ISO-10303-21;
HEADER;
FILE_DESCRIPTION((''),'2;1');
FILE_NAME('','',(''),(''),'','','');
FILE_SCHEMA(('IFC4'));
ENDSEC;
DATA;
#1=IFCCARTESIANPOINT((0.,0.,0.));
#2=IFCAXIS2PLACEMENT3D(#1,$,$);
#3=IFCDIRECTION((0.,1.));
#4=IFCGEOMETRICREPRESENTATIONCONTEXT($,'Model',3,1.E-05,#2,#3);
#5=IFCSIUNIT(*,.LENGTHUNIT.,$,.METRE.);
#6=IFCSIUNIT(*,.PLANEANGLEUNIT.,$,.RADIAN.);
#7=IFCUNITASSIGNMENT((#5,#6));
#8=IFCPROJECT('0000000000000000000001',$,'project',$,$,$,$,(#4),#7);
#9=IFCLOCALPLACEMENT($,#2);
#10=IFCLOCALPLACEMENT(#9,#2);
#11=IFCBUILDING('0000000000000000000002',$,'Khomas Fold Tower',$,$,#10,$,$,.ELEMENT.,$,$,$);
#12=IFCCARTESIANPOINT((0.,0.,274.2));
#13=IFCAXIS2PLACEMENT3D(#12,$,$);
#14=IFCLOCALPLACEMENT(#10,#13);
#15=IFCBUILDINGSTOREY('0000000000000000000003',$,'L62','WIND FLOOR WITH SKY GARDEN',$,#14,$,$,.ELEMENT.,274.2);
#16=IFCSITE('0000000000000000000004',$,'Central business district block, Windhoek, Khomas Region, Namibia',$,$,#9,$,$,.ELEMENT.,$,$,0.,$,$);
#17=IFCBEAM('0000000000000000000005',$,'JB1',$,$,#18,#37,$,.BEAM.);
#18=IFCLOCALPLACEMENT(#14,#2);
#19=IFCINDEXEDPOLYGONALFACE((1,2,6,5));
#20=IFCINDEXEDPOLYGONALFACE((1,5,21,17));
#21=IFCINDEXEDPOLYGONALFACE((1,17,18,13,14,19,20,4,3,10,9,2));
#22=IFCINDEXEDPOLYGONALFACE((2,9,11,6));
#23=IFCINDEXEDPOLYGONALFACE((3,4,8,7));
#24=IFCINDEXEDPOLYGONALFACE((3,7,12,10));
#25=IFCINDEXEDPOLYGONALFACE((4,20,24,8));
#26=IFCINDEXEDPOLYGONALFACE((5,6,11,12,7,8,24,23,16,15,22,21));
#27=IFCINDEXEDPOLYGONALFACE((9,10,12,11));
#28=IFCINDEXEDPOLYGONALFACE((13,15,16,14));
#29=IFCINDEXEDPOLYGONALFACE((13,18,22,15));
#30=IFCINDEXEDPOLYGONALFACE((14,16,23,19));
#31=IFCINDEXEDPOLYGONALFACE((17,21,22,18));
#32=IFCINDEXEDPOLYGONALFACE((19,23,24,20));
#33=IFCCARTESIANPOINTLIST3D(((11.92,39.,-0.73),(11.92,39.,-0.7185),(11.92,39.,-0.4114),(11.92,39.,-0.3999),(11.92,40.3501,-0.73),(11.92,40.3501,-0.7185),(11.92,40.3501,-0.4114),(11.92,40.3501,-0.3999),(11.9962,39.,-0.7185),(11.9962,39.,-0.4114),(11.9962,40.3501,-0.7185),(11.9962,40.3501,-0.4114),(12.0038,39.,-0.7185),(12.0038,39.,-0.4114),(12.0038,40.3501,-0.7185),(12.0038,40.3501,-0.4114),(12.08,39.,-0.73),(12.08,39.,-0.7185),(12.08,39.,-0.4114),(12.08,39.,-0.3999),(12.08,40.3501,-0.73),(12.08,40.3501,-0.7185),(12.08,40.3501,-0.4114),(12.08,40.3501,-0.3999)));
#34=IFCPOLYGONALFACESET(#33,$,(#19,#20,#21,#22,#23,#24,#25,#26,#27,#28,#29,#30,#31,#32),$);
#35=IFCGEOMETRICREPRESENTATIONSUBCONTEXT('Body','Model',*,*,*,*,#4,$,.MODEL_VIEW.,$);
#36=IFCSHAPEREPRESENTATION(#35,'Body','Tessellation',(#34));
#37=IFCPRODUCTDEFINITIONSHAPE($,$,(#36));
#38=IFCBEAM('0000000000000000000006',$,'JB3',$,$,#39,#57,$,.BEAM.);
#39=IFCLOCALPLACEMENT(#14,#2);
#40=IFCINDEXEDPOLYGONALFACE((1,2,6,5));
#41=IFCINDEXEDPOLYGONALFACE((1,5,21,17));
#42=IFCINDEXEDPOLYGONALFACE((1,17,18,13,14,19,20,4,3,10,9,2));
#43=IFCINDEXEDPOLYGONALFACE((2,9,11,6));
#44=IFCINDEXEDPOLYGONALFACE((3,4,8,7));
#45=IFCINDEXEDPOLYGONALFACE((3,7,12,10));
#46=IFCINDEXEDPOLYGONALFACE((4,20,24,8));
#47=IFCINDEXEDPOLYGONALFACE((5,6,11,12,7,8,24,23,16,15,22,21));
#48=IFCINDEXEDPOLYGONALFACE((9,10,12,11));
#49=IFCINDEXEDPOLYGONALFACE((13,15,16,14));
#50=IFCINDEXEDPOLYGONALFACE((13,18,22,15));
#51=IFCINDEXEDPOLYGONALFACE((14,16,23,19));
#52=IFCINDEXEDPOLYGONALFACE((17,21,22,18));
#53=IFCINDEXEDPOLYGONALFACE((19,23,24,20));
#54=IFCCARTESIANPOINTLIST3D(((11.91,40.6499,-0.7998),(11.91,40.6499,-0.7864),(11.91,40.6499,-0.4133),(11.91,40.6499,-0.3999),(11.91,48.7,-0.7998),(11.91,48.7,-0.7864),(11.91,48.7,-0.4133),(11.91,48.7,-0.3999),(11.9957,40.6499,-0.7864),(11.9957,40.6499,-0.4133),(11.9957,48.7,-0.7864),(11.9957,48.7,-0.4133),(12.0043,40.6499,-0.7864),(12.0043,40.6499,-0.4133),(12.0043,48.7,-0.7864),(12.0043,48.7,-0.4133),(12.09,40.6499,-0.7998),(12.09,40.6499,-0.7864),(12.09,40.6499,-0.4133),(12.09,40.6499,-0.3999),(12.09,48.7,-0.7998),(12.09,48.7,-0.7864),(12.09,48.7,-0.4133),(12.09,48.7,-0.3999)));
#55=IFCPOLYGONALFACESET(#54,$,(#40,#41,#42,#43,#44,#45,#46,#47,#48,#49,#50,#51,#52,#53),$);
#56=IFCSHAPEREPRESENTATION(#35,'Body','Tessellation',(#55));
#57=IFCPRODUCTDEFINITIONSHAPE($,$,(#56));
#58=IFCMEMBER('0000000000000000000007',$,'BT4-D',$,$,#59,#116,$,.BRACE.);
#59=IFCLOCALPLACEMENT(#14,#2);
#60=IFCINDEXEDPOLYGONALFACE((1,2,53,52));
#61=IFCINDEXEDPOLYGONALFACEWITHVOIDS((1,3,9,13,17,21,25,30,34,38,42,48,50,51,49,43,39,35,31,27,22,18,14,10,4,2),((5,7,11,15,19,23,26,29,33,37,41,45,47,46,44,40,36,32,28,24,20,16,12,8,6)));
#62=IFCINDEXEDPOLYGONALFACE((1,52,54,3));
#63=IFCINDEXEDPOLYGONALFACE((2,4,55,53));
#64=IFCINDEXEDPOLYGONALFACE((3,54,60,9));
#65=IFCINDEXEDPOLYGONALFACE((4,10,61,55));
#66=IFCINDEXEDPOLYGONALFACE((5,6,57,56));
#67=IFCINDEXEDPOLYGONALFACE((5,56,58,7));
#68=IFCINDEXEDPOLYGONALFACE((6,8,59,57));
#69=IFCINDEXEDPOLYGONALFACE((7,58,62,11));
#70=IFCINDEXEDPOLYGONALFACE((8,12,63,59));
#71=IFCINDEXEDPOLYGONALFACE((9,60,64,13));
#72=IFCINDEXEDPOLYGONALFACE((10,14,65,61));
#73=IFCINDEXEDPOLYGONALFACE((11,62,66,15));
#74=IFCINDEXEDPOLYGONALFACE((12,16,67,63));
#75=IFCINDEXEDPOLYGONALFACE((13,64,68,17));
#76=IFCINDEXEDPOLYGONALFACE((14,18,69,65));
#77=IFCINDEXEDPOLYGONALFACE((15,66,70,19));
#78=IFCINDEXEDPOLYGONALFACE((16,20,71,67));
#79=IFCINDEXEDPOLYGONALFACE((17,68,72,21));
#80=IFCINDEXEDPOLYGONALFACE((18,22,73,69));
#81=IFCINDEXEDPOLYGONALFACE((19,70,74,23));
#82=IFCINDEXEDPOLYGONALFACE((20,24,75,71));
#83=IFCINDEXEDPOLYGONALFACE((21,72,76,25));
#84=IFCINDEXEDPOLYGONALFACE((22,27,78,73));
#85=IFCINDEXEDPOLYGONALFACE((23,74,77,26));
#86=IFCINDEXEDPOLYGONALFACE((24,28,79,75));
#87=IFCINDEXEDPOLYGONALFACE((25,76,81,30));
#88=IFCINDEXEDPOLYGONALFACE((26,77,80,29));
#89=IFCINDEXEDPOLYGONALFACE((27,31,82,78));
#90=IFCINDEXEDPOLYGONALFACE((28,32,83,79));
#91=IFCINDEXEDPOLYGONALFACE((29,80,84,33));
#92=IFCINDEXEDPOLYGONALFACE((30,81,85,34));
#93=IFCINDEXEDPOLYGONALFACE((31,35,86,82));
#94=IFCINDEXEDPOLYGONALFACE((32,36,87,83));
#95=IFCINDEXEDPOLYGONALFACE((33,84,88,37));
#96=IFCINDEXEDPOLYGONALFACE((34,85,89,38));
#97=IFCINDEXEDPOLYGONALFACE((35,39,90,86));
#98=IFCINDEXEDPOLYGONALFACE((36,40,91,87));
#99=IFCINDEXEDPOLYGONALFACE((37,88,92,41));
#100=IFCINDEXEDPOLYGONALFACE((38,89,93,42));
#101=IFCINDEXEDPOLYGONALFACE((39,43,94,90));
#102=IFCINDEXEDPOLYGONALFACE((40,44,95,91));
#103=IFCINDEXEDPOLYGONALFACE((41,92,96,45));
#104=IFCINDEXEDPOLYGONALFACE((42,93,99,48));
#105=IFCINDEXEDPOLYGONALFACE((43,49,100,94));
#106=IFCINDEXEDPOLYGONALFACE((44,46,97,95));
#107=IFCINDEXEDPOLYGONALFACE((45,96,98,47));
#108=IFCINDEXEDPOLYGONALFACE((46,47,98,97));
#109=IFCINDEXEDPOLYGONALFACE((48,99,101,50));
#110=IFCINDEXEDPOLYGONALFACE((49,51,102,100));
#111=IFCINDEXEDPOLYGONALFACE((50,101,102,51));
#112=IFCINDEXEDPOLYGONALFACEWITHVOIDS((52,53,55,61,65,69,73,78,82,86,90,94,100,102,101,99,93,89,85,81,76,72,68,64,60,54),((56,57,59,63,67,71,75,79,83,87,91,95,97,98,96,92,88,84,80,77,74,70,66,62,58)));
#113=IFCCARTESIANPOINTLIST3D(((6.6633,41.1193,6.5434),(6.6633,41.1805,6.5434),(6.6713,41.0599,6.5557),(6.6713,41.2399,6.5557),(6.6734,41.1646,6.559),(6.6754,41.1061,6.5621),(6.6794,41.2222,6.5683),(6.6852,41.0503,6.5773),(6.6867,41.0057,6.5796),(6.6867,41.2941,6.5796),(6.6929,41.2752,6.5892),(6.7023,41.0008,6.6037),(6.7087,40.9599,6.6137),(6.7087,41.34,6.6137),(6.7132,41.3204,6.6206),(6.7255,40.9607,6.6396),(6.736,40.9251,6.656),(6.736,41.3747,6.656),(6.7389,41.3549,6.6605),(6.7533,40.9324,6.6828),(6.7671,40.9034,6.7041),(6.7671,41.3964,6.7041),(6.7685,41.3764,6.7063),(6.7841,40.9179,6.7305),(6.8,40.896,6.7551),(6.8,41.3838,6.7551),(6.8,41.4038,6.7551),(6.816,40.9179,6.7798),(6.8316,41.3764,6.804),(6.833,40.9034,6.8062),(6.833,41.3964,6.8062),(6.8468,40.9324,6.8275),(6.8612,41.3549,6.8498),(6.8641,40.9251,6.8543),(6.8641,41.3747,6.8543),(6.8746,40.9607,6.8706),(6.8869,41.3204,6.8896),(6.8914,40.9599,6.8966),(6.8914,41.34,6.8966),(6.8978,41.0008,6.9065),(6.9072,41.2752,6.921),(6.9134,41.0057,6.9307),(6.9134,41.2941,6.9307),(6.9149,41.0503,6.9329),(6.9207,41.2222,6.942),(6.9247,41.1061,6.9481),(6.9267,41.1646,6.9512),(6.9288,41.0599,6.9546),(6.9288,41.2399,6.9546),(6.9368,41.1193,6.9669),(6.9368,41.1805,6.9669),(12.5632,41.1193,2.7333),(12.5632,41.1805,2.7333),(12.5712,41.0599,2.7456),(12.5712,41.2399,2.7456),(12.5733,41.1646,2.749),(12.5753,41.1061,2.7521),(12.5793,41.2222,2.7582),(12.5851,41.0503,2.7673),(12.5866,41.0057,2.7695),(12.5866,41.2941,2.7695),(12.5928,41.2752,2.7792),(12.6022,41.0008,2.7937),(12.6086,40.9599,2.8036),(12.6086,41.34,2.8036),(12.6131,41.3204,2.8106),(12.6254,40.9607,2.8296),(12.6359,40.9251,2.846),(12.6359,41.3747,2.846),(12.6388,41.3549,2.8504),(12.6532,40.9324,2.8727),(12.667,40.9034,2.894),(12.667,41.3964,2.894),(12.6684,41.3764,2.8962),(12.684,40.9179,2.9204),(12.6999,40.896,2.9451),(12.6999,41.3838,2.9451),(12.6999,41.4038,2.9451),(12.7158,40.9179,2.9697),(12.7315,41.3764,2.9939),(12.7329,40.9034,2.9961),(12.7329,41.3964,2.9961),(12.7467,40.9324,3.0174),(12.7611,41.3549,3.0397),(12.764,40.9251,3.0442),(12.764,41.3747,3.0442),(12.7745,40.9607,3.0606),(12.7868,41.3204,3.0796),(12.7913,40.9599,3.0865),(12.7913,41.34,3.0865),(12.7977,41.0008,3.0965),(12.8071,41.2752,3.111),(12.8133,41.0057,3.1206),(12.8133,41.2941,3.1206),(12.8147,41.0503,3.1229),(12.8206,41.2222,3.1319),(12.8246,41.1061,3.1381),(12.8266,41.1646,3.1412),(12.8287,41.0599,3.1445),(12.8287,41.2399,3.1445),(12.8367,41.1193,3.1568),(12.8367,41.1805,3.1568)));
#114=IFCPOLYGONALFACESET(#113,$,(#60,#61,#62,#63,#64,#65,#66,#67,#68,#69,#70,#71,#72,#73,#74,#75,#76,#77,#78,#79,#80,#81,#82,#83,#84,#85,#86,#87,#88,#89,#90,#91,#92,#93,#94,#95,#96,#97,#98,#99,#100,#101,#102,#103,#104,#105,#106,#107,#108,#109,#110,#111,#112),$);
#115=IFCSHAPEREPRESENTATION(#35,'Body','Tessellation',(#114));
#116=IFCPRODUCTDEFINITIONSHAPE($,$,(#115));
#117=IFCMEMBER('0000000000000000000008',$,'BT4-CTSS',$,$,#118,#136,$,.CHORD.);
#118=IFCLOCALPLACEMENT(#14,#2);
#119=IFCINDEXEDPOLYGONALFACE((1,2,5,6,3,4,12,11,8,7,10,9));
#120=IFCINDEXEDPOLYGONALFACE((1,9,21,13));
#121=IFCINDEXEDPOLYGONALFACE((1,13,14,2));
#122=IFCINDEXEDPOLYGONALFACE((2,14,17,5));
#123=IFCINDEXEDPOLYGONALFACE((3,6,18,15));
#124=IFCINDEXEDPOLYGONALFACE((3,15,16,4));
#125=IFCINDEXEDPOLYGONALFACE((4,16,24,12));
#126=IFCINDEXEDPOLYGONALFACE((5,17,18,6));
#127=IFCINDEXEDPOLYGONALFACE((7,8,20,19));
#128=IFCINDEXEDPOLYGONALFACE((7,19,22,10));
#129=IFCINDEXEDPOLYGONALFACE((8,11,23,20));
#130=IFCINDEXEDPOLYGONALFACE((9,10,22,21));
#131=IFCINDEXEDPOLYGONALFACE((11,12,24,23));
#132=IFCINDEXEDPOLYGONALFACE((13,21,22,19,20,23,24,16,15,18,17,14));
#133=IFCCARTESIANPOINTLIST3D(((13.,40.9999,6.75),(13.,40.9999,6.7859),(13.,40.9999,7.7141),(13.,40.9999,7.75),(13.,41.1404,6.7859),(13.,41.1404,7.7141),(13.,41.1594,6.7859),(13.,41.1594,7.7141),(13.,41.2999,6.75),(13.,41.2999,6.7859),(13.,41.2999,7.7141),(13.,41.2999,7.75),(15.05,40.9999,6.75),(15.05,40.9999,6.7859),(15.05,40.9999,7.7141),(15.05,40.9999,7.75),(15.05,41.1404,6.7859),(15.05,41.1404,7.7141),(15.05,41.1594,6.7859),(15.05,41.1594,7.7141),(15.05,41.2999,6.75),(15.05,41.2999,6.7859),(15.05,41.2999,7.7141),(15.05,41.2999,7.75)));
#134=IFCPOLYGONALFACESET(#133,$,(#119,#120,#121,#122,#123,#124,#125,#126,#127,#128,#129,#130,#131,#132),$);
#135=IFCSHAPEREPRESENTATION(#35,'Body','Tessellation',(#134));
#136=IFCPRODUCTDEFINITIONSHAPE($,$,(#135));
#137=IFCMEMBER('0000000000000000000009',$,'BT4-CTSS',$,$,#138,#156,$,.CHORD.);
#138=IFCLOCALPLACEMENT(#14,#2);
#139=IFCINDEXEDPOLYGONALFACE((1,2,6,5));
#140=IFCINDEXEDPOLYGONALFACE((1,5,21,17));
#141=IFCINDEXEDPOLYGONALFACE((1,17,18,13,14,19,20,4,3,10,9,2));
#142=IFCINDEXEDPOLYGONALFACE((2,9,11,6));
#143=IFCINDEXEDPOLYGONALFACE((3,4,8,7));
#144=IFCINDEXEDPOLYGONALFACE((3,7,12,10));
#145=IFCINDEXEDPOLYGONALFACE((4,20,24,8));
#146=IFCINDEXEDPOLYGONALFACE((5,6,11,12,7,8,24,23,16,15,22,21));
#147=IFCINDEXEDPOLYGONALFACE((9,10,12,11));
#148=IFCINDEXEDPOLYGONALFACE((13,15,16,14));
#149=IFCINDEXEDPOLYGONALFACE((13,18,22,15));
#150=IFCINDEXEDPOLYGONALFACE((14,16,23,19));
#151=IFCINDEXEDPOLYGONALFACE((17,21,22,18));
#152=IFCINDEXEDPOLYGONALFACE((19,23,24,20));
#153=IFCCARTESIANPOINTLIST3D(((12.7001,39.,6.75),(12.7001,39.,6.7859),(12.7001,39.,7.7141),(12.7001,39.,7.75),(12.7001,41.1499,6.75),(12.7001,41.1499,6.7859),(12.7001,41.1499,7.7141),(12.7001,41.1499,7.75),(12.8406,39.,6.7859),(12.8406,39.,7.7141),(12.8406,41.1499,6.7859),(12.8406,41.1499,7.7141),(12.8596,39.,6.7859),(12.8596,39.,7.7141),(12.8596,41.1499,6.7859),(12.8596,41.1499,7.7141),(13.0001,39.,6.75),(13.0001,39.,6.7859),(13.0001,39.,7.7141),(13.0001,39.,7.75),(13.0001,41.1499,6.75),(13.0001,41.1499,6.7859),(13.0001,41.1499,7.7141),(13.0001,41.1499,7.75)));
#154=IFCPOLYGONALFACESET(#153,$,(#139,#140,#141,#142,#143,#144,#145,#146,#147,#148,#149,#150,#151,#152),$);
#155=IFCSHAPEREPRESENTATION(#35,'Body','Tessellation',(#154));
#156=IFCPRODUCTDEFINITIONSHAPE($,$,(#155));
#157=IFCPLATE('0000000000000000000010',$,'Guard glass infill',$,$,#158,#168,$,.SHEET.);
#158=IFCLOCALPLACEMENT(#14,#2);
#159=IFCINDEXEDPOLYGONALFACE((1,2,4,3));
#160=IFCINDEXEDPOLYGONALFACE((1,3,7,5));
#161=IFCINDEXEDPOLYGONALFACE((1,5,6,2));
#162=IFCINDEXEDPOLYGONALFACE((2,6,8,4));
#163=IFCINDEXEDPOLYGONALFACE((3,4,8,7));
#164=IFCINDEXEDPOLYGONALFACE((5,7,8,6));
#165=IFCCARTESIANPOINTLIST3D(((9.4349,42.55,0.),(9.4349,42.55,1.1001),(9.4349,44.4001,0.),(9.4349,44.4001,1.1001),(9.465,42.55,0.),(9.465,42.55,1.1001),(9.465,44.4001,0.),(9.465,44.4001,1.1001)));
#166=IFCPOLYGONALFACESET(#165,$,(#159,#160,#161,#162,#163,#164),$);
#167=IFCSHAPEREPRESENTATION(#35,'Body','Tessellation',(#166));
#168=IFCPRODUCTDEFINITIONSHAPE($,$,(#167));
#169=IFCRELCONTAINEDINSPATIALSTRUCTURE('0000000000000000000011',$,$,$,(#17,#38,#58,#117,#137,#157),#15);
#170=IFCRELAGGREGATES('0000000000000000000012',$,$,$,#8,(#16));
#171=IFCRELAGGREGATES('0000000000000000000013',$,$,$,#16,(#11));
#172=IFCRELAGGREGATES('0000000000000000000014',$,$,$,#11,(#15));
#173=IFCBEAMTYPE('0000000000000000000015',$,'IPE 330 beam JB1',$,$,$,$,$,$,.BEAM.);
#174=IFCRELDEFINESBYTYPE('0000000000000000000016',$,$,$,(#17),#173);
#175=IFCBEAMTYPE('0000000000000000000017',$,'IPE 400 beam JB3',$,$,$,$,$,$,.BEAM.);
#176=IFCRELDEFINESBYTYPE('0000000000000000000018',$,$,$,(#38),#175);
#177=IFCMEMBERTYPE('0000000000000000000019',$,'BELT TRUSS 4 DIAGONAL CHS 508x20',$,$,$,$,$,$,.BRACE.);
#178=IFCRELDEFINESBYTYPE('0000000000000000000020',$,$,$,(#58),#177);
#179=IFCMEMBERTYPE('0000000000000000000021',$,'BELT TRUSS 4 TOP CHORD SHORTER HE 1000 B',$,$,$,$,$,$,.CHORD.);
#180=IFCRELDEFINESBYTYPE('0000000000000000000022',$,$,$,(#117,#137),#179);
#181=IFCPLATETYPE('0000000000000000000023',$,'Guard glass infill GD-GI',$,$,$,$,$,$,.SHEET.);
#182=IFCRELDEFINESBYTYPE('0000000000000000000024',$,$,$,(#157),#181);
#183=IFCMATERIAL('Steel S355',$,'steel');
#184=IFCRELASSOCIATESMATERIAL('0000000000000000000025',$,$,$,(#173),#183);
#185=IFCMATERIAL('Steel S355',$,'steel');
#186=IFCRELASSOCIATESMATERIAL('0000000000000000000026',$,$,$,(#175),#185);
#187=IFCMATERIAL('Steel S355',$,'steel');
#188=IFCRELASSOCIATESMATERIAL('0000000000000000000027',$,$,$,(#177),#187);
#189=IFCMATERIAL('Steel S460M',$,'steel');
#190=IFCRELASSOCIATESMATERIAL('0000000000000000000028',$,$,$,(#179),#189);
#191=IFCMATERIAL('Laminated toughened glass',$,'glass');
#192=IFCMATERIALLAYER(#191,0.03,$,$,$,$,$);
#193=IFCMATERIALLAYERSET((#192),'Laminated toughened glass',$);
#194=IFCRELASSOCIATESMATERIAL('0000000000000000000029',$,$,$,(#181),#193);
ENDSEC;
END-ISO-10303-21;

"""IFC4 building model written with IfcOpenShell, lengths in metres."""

from ifc_helpers import new_model, si_unit, direction, frame, origin, origin_2d, place, context, subcontext, project, spatial, rectangle, hollow_circle, i_section, extrude, source, transform, mapped, material, layer, layer_set, material_profile, profile_set, type_object, element, save


model = new_model("IFC4")

# Units and contexts
model_context = context("Model", 3, precision=1e-05, world=origin(), true_north=direction((0.0, 1.0)))
body_context = subcontext(model_context, "Body", "Model", "MODEL_VIEW")
ifc_project = project(units=[si_unit("LENGTHUNIT", "METRE"), si_unit("PLANEANGLEUNIT", "RADIAN")], contexts=[model_context])

# Site, building, storey
site_placement = place(None, origin())
site = spatial("IfcSite", under=ifc_project, at=site_placement, Name="Central business district block, Windhoek, Khomas Region, Namibia", CompositionType="ELEMENT", RefElevation=0.0)
building_placement = place(site_placement, origin())
building = spatial("IfcBuilding", under=site, at=building_placement, Name="Khomas Fold Tower", CompositionType="ELEMENT")
storey_placement = place(building_placement, frame((0.0, 0.0, 274.2)))
storey = spatial("IfcBuildingStorey", under=building, at=storey_placement, Name="L62", Description="WIND FLOOR WITH SKY GARDEN", CompositionType="ELEMENT", Elevation=274.2)

# Beams
ifc_material_1 = material(Name="Steel S355", Category="steel")
ifc_material_profile_1 = material_profile(ifc_material_1, i_section(OverallWidth=0.1599, OverallDepth=0.3301, WebThickness=0.0076, FlangeThickness=0.0115, at=origin_2d()), Name="IPE 330")
ifc_profile_set_1 = profile_set([ifc_material_profile_1], Name="Steel S355")
beam_type_1 = type_object("IfcBeamType", Name="IPE 330 beam JB1", PredefinedType="BEAM", material=ifc_profile_set_1)
shared_shape_1 = source(origin(), body_context, "Body", "SweptSolid", [
    extrude(i_section(OverallWidth=0.1599, OverallDepth=0.3301, WebThickness=0.0076, FlangeThickness=0.0115, at=origin_2d()), origin(), (0.0, 0.0, 1.0), 1.3501),
])
beam_1_placement = place(storey_placement, frame((12.0, 39.0, -0.5649), z_axis=(0.0, 1.0, 0.0), x_axis=(-1.0, 0.0, 0.0)))
element("IfcBeam", 1, at=beam_1_placement, inside=storey, type_object=beam_type_1, Name="JB1", PredefinedType="BEAM", context=body_context, shape_type="MappedRepresentation", body=[
    mapped(shared_shape_1, transform((0.0, 0.0, 0.0))),
])
ifc_material_2 = material(Name="Steel S355", Category="steel")
ifc_material_profile_2 = material_profile(ifc_material_2, i_section(OverallWidth=0.1799, OverallDepth=0.3999, WebThickness=0.0085, FlangeThickness=0.0134, at=origin_2d()), Name="IPE 400")
ifc_profile_set_2 = profile_set([ifc_material_profile_2], Name="Steel S355")
beam_type_2 = type_object("IfcBeamType", Name="IPE 400 beam JB3", PredefinedType="BEAM", material=ifc_profile_set_2)
shared_shape_2 = source(origin(), body_context, "Body", "SweptSolid", [
    extrude(i_section(OverallWidth=0.1799, OverallDepth=0.3999, WebThickness=0.0085, FlangeThickness=0.0134, at=origin_2d()), origin(), (0.0, 0.0, 1.0), 8.05),
])
beam_2_placement = place(storey_placement, frame((12.0, 40.6499, -0.5999), z_axis=(0.0, 1.0, 0.0), x_axis=(-1.0, 0.0, 0.0)))
element("IfcBeam", 2, at=beam_2_placement, inside=storey, type_object=beam_type_2, Name="JB3", PredefinedType="BEAM", context=body_context, shape_type="MappedRepresentation", body=[
    mapped(shared_shape_2, transform((0.0, 0.0, 0.0))),
])

# Members
ifc_material_3 = material(Name="Steel S355", Category="steel")
ifc_material_profile_3 = material_profile(ifc_material_3, hollow_circle(Radius=0.2539, WallThickness=0.02, at=origin_2d()), Name="CHS 508x20")
ifc_profile_set_3 = profile_set([ifc_material_profile_3], Name="Steel S355")
member_type_1 = type_object("IfcMemberType", Name="BELT TRUSS 4 DIAGONAL CHS 508x20", PredefinedType="BRACE", material=ifc_profile_set_3)
shared_shape_3 = source(origin(), body_context, "Body", "SweptSolid", [
    extrude(hollow_circle(Radius=0.2539, WallThickness=0.02, at=origin_2d()), origin(), (0.0, 0.0, 1.0), 7.0232),
])
member_1_placement = place(storey_placement, frame((6.8, 41.1499, 6.7551), z_axis=(0.840059, 0.0, -0.542496), x_axis=(0.0, 1.0, 0.0)))
element("IfcMember", 3, at=member_1_placement, inside=storey, type_object=member_type_1, Name="BT4-D", PredefinedType="BRACE", context=body_context, shape_type="MappedRepresentation", body=[
    mapped(shared_shape_3, transform((0.0, 0.0, 0.0))),
])
ifc_material_4 = material(Name="Steel S460M", Category="steel")
ifc_material_profile_4 = material_profile(ifc_material_4, i_section(OverallWidth=0.3, OverallDepth=1.0, WebThickness=0.019, FlangeThickness=0.0359, at=origin_2d()), Name="HE 1000 B")
ifc_profile_set_4 = profile_set([ifc_material_profile_4], Name="Steel S460M")
member_type_2 = type_object("IfcMemberType", Name="BELT TRUSS 4 TOP CHORD SHORTER HE 1000 B", PredefinedType="CHORD", material=ifc_profile_set_4)
shared_shape_4 = source(origin(), body_context, "Body", "SweptSolid", [
    extrude(i_section(OverallWidth=0.3, OverallDepth=1.0, WebThickness=0.019, FlangeThickness=0.0359, at=origin_2d()), origin(), (0.0, 0.0, 1.0), 2.05),
])
member_2_placement = place(storey_placement, frame((13.0, 41.1499, 7.25), z_axis=(1.0, 0.0, 0.0), x_axis=(0.0, 1.0, 0.0)))
element("IfcMember", 4, at=member_2_placement, inside=storey, type_object=member_type_2, Name="BT4-CTSS", PredefinedType="CHORD", context=body_context, shape_type="MappedRepresentation", body=[
    mapped(shared_shape_4, transform((0.0, 0.0, 0.0))),
])
shared_shape_5 = source(origin(), body_context, "Body", "SweptSolid", [
    extrude(i_section(OverallWidth=0.3, OverallDepth=1.0, WebThickness=0.019, FlangeThickness=0.0359, at=origin_2d()), origin(), (0.0, 0.0, 1.0), 2.1499),
])
member_3_placement = place(storey_placement, frame((12.8501, 41.1499, 7.25), z_axis=(0.0, -1.0, 0.0), x_axis=(1.0, 0.0, 0.0)))
element("IfcMember", 5, at=member_3_placement, inside=storey, type_object=member_type_2, Name="BT4-CTSS", PredefinedType="CHORD", context=body_context, shape_type="MappedRepresentation", body=[
    mapped(shared_shape_5, transform((0.0, 0.0, 0.0))),
])

# Plate
ifc_material_5 = material(Name="Laminated toughened glass", Category="glass")
ifc_layer_1 = layer(ifc_material_5, 0.03)
ifc_layer_set_1 = layer_set([ifc_layer_1], Name="Laminated toughened glass")
plate_type = type_object("IfcPlateType", Name="Guard glass infill GD-GI", PredefinedType="SHEET", material=ifc_layer_set_1)
shared_shape_6 = source(origin(), body_context, "Body", "SweptSolid", [
    extrude(rectangle(XDim=1.8501, YDim=0.03, at=origin_2d()), origin(), (0.0, 0.0, 1.0), 1.1001),
])
plate_1_placement = place(storey_placement, frame((9.45, 43.4751, 0.0), z_axis=(0.0, 0.0, 1.0), x_axis=(0.0, -1.0, 0.0)))
element("IfcPlate", 6, at=plate_1_placement, inside=storey, type_object=plate_type, Name="Guard glass infill", PredefinedType="SHEET", context=body_context, shape_type="MappedRepresentation", body=[
    mapped(shared_shape_6, transform((0.0, 0.0, 0.0))),
])

save(model, "model.ifc")
